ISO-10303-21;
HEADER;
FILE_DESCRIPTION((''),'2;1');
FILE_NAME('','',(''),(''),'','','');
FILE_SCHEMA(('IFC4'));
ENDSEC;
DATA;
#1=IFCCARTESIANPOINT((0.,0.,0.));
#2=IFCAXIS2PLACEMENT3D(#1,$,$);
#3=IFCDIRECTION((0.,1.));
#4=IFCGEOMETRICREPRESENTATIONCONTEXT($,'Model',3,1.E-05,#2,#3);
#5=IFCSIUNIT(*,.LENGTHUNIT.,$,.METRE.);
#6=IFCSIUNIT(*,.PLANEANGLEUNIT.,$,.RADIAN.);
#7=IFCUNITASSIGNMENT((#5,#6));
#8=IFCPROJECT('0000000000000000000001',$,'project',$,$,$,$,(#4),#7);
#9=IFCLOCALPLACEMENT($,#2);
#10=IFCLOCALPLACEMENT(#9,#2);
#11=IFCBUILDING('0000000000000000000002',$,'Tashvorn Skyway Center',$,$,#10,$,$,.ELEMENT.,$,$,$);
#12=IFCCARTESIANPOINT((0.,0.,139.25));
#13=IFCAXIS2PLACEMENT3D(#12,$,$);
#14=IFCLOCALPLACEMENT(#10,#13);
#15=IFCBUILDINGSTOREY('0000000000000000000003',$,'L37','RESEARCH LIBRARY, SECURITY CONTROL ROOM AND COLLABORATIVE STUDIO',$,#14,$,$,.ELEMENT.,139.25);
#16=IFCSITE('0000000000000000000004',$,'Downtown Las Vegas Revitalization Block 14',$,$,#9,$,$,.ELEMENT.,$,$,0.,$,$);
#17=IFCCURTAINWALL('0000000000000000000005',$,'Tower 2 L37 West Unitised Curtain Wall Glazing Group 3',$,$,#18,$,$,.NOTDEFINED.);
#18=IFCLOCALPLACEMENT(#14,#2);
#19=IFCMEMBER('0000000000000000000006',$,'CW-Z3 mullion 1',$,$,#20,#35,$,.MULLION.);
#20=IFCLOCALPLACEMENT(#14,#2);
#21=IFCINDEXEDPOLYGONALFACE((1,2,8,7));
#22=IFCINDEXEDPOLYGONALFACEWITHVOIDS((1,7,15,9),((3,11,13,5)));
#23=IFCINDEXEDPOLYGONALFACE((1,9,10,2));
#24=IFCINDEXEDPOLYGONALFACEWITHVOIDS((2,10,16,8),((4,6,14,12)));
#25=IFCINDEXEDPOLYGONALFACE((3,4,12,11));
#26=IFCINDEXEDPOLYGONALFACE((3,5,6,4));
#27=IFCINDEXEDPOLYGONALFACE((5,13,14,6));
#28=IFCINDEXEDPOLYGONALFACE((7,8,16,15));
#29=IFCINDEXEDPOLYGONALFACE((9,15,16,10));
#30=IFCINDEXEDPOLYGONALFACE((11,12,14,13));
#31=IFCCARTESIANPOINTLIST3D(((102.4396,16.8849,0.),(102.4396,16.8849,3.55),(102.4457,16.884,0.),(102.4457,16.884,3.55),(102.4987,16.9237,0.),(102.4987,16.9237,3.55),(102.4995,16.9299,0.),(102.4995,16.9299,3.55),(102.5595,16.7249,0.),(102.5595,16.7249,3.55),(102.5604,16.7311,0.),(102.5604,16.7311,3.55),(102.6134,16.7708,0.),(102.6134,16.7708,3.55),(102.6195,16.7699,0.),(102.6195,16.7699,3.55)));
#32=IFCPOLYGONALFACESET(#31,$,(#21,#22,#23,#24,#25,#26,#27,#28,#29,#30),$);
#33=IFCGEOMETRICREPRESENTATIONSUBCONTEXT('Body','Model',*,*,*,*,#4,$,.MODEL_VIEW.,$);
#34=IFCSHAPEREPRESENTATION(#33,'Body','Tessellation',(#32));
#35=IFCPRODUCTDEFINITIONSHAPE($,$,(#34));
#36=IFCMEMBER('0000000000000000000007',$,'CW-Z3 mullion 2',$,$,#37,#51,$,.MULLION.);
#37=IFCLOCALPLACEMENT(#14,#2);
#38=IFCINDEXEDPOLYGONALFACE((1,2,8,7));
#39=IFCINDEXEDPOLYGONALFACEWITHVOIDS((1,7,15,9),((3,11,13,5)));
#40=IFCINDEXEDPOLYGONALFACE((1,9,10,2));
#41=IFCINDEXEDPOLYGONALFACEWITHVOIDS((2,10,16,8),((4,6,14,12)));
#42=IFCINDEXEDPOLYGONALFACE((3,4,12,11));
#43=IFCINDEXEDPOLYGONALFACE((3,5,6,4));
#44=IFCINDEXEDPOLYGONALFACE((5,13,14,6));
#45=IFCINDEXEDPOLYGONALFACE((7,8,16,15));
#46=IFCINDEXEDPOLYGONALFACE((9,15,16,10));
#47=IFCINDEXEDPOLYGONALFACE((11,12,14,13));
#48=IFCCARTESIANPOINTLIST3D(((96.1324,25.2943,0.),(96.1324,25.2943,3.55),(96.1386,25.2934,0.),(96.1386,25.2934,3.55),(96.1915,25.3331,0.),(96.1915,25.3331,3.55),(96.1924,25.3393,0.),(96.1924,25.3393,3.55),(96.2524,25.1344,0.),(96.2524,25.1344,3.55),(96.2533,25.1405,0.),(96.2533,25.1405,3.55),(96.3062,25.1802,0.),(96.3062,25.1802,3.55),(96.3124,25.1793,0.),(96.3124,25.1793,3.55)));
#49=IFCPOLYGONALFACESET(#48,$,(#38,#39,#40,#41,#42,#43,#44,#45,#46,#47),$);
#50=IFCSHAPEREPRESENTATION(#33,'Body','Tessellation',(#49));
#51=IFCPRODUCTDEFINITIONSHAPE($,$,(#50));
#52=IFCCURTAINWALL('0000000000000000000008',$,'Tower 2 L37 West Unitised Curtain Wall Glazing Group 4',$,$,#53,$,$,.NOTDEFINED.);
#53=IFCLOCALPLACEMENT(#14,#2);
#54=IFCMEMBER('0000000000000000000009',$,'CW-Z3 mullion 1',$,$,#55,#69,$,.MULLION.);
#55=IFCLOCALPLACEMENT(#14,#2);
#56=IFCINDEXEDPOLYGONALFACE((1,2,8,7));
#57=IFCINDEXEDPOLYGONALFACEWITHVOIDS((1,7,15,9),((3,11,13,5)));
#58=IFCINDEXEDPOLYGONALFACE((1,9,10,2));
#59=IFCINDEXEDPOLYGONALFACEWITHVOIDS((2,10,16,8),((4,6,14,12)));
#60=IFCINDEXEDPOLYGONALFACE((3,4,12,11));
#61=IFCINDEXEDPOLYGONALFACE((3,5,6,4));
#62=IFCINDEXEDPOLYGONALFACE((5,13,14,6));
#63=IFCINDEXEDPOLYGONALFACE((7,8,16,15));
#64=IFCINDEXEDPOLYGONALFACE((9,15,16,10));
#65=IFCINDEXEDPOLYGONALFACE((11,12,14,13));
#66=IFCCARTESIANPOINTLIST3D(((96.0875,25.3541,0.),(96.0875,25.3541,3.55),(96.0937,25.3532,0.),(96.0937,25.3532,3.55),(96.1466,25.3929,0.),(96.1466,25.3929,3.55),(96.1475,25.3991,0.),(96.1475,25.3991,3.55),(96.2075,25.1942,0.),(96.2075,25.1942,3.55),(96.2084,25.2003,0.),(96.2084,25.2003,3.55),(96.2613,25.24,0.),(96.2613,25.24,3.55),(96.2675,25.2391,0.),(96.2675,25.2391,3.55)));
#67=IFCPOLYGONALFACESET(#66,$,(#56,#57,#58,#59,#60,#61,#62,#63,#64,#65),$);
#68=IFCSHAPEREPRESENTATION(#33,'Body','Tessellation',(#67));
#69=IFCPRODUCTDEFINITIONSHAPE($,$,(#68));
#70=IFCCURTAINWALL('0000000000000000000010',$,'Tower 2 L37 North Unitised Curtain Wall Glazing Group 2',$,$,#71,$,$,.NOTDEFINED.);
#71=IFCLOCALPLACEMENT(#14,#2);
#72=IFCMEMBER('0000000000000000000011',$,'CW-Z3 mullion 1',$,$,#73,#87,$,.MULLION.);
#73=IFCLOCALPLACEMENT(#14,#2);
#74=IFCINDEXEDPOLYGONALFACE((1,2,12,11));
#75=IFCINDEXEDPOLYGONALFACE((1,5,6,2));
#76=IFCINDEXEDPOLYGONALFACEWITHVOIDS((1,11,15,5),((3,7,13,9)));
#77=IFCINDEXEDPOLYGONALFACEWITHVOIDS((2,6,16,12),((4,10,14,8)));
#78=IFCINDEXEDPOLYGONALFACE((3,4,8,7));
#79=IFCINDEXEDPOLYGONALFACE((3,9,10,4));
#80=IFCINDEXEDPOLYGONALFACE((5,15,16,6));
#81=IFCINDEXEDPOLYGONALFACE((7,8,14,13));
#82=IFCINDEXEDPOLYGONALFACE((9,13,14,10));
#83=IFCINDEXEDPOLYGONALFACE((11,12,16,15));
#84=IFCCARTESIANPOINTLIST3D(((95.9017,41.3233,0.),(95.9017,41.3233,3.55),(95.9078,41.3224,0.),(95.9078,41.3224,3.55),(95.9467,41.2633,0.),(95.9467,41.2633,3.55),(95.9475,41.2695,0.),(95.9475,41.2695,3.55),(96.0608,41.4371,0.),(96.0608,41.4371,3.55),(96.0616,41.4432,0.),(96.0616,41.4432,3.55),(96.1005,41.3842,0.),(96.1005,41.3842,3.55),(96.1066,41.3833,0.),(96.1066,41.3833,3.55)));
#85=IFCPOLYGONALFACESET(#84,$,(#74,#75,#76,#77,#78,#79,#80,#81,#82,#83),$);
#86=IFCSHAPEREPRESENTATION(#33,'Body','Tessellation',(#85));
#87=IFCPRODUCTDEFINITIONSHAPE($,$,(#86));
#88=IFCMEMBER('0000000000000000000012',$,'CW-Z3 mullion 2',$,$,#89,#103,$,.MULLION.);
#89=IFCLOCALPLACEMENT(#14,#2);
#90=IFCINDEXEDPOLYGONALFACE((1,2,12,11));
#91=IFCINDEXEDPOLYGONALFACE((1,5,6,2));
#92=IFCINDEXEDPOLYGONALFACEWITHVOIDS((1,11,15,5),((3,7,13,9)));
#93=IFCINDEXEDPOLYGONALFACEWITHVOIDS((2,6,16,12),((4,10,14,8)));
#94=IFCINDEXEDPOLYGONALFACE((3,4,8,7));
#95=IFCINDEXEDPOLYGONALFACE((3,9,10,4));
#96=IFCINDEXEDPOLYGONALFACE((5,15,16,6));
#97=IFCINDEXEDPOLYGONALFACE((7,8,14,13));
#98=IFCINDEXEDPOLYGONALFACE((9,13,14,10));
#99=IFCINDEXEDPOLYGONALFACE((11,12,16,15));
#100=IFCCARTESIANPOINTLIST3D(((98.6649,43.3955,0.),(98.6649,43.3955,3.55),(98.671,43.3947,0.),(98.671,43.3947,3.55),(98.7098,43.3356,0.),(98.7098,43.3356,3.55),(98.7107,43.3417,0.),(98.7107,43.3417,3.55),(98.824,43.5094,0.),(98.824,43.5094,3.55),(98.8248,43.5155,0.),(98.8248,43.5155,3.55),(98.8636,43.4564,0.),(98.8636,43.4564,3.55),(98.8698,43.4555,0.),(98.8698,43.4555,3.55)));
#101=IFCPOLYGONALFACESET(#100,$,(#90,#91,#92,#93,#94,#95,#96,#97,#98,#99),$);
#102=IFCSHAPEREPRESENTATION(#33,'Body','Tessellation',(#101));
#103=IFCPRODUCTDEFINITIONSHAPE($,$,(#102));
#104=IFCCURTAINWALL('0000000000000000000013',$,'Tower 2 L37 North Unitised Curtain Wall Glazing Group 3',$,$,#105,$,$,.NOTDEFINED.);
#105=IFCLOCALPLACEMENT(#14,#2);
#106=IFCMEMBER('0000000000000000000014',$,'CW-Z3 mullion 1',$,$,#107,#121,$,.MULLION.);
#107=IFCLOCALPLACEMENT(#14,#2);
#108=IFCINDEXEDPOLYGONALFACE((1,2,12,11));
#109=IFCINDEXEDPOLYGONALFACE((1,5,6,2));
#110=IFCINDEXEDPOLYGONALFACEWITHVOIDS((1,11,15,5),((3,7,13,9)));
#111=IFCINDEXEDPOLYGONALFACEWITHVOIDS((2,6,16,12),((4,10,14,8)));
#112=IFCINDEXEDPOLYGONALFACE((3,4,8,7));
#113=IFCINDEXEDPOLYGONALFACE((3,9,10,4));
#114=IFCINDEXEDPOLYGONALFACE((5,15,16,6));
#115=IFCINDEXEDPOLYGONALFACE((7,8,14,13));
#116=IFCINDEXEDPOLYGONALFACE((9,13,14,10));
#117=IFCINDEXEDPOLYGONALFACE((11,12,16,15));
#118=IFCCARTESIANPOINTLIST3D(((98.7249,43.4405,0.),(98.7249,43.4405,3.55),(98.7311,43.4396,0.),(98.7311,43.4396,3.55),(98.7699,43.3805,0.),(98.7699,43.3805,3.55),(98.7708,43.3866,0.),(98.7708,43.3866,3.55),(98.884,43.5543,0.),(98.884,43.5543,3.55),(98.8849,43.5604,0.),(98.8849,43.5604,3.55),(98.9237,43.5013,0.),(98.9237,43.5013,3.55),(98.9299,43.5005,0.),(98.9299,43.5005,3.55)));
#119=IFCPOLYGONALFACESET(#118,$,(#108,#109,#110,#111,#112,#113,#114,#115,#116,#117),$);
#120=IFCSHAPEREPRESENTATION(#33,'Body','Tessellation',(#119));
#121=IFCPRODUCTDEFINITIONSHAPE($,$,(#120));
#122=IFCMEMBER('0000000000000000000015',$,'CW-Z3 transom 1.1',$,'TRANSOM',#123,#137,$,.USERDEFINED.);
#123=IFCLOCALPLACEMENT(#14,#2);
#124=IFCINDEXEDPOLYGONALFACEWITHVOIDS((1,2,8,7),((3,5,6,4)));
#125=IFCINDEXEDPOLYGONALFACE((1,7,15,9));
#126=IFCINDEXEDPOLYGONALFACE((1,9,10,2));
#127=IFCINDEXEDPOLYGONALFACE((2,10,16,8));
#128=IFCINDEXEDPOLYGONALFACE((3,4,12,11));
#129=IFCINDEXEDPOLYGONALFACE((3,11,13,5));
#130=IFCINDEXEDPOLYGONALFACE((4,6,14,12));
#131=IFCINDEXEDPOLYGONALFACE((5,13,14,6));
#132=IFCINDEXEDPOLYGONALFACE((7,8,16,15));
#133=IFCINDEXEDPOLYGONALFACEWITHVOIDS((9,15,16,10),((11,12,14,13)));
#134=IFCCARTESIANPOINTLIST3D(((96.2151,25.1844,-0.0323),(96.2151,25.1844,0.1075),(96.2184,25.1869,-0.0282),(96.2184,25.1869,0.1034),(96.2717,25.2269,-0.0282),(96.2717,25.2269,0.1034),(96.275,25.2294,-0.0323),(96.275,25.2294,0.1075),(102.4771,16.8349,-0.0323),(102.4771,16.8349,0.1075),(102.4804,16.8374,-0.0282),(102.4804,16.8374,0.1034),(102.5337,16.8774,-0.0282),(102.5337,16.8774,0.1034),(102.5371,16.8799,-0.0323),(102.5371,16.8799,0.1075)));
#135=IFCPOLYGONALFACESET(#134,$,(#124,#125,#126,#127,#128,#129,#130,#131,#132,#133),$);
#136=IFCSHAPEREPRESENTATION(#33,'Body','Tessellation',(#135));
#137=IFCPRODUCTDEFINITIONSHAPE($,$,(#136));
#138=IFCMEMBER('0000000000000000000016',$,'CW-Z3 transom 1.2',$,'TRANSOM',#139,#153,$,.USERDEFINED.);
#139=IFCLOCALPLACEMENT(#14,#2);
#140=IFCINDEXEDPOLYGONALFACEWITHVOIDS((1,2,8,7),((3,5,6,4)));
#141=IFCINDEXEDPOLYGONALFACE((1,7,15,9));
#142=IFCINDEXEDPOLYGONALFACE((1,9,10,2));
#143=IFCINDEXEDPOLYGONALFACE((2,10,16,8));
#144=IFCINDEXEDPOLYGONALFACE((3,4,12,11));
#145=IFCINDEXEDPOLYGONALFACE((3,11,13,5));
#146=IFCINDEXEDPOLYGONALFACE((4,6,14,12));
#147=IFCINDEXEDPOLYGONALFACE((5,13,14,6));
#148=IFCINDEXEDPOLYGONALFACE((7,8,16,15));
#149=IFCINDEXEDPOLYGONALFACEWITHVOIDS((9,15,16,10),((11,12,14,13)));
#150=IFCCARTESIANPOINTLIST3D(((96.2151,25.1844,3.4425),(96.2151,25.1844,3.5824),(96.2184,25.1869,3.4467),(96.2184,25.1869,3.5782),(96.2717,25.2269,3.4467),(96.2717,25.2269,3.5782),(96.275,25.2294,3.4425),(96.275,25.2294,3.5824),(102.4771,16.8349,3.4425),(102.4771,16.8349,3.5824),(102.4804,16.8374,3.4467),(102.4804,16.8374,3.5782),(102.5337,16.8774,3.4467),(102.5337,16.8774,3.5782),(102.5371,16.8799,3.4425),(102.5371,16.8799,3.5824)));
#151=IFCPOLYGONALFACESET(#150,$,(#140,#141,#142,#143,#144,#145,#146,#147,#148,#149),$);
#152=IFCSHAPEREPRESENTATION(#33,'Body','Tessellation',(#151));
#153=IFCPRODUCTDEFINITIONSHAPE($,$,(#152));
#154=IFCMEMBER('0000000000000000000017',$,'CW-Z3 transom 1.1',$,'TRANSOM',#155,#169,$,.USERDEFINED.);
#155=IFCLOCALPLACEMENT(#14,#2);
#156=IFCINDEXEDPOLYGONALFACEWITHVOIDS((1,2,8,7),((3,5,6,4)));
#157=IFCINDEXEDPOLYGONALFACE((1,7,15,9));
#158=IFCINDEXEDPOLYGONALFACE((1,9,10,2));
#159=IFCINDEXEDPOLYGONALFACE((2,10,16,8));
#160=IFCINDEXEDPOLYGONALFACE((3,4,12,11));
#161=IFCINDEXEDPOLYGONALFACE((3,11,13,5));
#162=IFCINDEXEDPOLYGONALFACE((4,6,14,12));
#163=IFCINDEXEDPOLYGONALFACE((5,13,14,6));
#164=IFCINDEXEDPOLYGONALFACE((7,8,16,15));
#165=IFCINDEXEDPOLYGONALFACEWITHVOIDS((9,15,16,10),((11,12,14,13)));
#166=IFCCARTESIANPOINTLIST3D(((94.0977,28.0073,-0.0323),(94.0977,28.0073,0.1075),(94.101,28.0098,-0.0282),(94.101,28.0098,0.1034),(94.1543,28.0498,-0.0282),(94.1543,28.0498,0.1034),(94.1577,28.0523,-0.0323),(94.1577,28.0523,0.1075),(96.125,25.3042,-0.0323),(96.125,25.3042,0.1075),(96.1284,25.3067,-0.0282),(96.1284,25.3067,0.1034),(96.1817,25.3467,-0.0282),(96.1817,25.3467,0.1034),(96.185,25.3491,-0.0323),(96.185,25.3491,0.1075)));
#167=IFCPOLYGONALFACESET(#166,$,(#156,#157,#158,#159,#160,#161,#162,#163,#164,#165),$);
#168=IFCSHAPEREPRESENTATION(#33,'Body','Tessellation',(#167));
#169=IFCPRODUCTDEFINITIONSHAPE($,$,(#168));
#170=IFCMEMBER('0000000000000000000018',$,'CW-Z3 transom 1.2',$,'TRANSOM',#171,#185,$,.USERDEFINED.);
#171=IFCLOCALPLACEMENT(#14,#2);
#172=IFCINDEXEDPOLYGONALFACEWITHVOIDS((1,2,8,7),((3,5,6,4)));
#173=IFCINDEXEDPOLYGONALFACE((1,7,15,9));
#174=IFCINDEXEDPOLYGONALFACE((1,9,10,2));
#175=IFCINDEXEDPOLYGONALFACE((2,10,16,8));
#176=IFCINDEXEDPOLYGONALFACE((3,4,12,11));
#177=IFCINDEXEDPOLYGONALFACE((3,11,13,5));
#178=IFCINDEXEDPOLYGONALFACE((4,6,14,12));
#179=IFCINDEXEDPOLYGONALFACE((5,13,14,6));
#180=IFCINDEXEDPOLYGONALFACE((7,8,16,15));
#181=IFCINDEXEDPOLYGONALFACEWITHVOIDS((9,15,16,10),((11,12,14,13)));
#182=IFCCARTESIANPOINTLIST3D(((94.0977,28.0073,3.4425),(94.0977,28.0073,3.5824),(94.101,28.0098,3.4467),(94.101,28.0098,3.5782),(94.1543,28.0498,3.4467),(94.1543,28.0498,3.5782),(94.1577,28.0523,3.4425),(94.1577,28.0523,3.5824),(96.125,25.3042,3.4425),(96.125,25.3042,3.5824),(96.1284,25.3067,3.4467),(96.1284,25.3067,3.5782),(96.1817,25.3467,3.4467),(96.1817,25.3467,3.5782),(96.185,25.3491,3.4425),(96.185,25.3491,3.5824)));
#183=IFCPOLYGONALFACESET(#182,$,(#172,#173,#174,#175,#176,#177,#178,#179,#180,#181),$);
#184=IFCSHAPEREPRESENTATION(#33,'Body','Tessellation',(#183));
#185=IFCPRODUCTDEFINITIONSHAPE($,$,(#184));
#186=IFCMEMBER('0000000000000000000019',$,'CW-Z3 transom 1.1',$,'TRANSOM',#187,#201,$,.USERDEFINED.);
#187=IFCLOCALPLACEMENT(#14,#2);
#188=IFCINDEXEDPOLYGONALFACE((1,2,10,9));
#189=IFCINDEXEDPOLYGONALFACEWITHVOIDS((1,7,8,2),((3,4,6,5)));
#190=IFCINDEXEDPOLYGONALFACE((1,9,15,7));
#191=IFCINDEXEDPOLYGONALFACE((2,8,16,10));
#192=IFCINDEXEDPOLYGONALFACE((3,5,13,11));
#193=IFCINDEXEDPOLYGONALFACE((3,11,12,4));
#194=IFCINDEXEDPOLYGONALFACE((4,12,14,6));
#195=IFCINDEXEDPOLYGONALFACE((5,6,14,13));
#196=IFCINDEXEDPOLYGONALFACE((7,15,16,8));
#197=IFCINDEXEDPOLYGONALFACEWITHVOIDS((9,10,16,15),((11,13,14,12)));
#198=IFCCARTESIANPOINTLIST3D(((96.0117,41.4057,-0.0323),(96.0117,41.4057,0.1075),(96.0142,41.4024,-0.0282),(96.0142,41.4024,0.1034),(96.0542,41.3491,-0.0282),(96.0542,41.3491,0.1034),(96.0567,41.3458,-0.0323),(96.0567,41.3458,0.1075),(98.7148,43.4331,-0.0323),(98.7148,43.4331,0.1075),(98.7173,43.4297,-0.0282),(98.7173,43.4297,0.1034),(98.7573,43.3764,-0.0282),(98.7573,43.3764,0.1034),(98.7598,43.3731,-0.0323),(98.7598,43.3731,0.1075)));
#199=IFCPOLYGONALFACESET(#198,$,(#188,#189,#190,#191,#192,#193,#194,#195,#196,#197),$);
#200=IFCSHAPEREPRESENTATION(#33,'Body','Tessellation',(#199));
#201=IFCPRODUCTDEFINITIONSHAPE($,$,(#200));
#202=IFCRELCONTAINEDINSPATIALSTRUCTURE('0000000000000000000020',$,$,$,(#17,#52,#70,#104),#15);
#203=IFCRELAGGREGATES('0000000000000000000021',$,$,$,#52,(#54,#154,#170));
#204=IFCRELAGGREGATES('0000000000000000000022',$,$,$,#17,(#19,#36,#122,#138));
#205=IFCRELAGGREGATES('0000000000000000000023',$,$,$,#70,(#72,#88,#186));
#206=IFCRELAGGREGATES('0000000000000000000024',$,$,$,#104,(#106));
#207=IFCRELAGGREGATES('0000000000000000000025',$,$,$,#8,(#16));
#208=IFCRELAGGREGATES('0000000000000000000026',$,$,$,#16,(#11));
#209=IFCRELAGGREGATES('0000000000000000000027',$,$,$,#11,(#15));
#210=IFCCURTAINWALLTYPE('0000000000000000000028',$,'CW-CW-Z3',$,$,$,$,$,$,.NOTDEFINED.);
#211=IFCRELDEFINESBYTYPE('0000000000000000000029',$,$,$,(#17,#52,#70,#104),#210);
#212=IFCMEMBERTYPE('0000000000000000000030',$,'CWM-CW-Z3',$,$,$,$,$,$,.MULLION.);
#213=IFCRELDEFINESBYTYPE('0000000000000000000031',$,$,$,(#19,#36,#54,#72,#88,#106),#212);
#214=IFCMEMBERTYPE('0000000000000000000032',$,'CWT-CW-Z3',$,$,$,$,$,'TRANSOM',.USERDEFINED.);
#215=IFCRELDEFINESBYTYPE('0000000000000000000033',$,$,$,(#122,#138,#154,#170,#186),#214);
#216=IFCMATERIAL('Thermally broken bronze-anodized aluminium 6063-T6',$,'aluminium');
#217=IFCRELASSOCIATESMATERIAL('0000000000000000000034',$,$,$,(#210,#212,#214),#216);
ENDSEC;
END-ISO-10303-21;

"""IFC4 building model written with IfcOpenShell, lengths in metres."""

from ifc_helpers import new_model, si_unit, direction, frame, origin, origin_2d, place, context, subcontext, project, spatial, hollow_rectangle, extrude, material, material_profile, profile_set, type_object, element, aggregate, save


model = new_model("IFC4")

# Units and contexts
model_context = context("Model", 3, precision=1e-05, world=origin(), true_north=direction((0.0, 1.0)))
body_context = subcontext(model_context, "Body", "Model", "MODEL_VIEW")
ifc_project = project(units=[si_unit("LENGTHUNIT", "METRE"), si_unit("PLANEANGLEUNIT", "RADIAN")], contexts=[model_context])

# Site, building, storey
site_placement = place(None, origin())
site = spatial("IfcSite", under=ifc_project, at=site_placement, Name="Downtown Las Vegas Revitalization Block 14", CompositionType="ELEMENT", RefElevation=0.0)
building_placement = place(site_placement, origin())
building = spatial("IfcBuilding", under=site, at=building_placement, Name="Tashvorn Skyway Center", CompositionType="ELEMENT")
storey_placement = place(building_placement, frame((0.0, 0.0, 139.25)))
storey = spatial("IfcBuildingStorey", under=building, at=storey_placement, Name="L37", Description="RESEARCH LIBRARY, SECURITY CONTROL ROOM AND COLLABORATIVE STUDIO", CompositionType="ELEMENT", Elevation=139.25)

# Shared definitions
ifc_material_1 = material(Name="Thermally broken bronze-anodized aluminium 6063-T6", Category="aluminium")
curtain_wall_type = type_object("IfcCurtainWallType", Name="CW-CW-Z3", PredefinedType="NOTDEFINED", material=ifc_material_1)
ifc_material_profile_1 = material_profile(ifc_material_1, hollow_rectangle(XDim=0.075, YDim=0.2, WallThickness=0.0044, at=origin_2d()), Name="ALU-MULL-75x200")
ifc_profile_set_1 = profile_set([ifc_material_profile_1], Name="Thermally broken bronze-anodized aluminium 6063-T6")
member_type_1 = type_object("IfcMemberType", Name="CWM-CW-Z3", PredefinedType="MULLION", material=ifc_profile_set_1)

# Curtain wall, members
curtain_wall_1_placement = place(storey_placement, origin())
curtain_wall_1 = element("IfcCurtainWall", 1, at=curtain_wall_1_placement, inside=storey, type_object=curtain_wall_type, Name="Tower 2 L37 West Unitised Curtain Wall Glazing Group 3", PredefinedType="NOTDEFINED")
member_1_placement = place(storey_placement, frame((102.5295, 16.8274, 0.0), z_axis=(0.0, 0.0, 1.0), x_axis=(-0.800002, -0.599997, 0.0)))
member_1 = element("IfcMember", 2, at=member_1_placement, type_object=member_type_1, Name="CW-Z3 mullion 1", PredefinedType="MULLION", context=body_context, shape_type="SweptSolid", body=[
    extrude(hollow_rectangle(XDim=0.075, YDim=0.2, WallThickness=0.0044, at=origin_2d()), origin(), (0.0, 0.0, 1.0), 3.55),
])
member_2_placement = place(storey_placement, frame((96.2224, 25.2368, 0.0), z_axis=(0.0, 0.0, 1.0), x_axis=(-0.800002, -0.599997, 0.0)))
member_2 = element("IfcMember", 3, at=member_2_placement, type_object=member_type_1, Name="CW-Z3 mullion 2", PredefinedType="MULLION", context=body_context, shape_type="SweptSolid", body=[
    extrude(hollow_rectangle(XDim=0.075, YDim=0.2, WallThickness=0.0044, at=origin_2d()), origin(), (0.0, 0.0, 1.0), 3.55),
])

# Curtain wall, member
curtain_wall_2_placement = place(storey_placement, origin())
curtain_wall_2 = element("IfcCurtainWall", 4, at=curtain_wall_2_placement, inside=storey, type_object=curtain_wall_type, Name="Tower 2 L37 West Unitised Curtain Wall Glazing Group 4", PredefinedType="NOTDEFINED")
member_3_placement = place(storey_placement, frame((96.1775, 25.2966, 0.0), z_axis=(0.0, 0.0, 1.0), x_axis=(-0.800003, -0.599995, 0.0)))
member_3 = element("IfcMember", 5, at=member_3_placement, type_object=member_type_1, Name="CW-Z3 mullion 1", PredefinedType="MULLION", context=body_context, shape_type="SweptSolid", body=[
    extrude(hollow_rectangle(XDim=0.075, YDim=0.2, WallThickness=0.0044, at=origin_2d()), origin(), (0.0, 0.0, 1.0), 3.55),
])

# Curtain wall, members
curtain_wall_3_placement = place(storey_placement, origin())
curtain_wall_3 = element("IfcCurtainWall", 6, at=curtain_wall_3_placement, inside=storey, type_object=curtain_wall_type, Name="Tower 2 L37 North Unitised Curtain Wall Glazing Group 2", PredefinedType="NOTDEFINED")
member_4_placement = place(storey_placement, frame((96.0042, 41.3533, 0.0), z_axis=(0.0, 0.0, 1.0), x_axis=(-0.599995, 0.800003, 0.0)))
member_4 = element("IfcMember", 7, at=member_4_placement, type_object=member_type_1, Name="CW-Z3 mullion 1", PredefinedType="MULLION", context=body_context, shape_type="SweptSolid", body=[
    extrude(hollow_rectangle(XDim=0.075, YDim=0.2, WallThickness=0.0044, at=origin_2d()), origin(), (0.0, 0.0, 1.0), 3.55),
])
member_5_placement = place(storey_placement, frame((98.7673, 43.4255, 0.0), z_axis=(0.0, 0.0, 1.0), x_axis=(-0.599995, 0.800003, 0.0)))
member_5 = element("IfcMember", 8, at=member_5_placement, type_object=member_type_1, Name="CW-Z3 mullion 2", PredefinedType="MULLION", context=body_context, shape_type="SweptSolid", body=[
    extrude(hollow_rectangle(XDim=0.075, YDim=0.2, WallThickness=0.0044, at=origin_2d()), origin(), (0.0, 0.0, 1.0), 3.55),
])

# Curtain wall, member
curtain_wall_4_placement = place(storey_placement, origin())
curtain_wall_4 = element("IfcCurtainWall", 9, at=curtain_wall_4_placement, inside=storey, type_object=curtain_wall_type, Name="Tower 2 L37 North Unitised Curtain Wall Glazing Group 3", PredefinedType="NOTDEFINED")
member_6_placement = place(storey_placement, frame((98.8274, 43.4705, 0.0), z_axis=(0.0, 0.0, 1.0), x_axis=(-0.599997, 0.800002, 0.0)))
member_6 = element("IfcMember", 10, at=member_6_placement, type_object=member_type_1, Name="CW-Z3 mullion 1", PredefinedType="MULLION", context=body_context, shape_type="SweptSolid", body=[
    extrude(hollow_rectangle(XDim=0.075, YDim=0.2, WallThickness=0.0044, at=origin_2d()), origin(), (0.0, 0.0, 1.0), 3.55),
])

# Members
ifc_material_profile_2 = material_profile(ifc_material_1, hollow_rectangle(XDim=0.075, YDim=0.1399, WallThickness=0.0042, at=origin_2d()), Name="ALU-TRAN-75x140")
ifc_profile_set_2 = profile_set([ifc_material_profile_2], Name="Thermally broken bronze-anodized aluminium 6063-T6")
member_type_2 = type_object("IfcMemberType", Name="CWT-CW-Z3", ElementType="TRANSOM", PredefinedType="USERDEFINED", material=ifc_profile_set_2)
member_7_placement = place(storey_placement, frame((102.5071, 16.8574, 0.0376), z_axis=(-0.599996, 0.800003, 0.0), x_axis=(-0.800003, -0.599996, 0.0)))
member_7 = element("IfcMember", 11, at=member_7_placement, type_object=member_type_2, Name="CW-Z3 transom 1.1", ObjectType="TRANSOM", PredefinedType="USERDEFINED", context=body_context, shape_type="SweptSolid", body=[
    extrude(hollow_rectangle(XDim=0.075, YDim=0.1399, WallThickness=0.0042, at=origin_2d()), origin(), (0.0, 0.0, 1.0), 10.4368),
])
member_8_placement = place(storey_placement, frame((102.5071, 16.8574, 3.5125), z_axis=(-0.599996, 0.800003, 0.0), x_axis=(-0.800003, -0.599996, 0.0)))
member_8 = element("IfcMember", 12, at=member_8_placement, type_object=member_type_2, Name="CW-Z3 transom 1.2", ObjectType="TRANSOM", PredefinedType="USERDEFINED", context=body_context, shape_type="SweptSolid", body=[
    extrude(hollow_rectangle(XDim=0.075, YDim=0.1399, WallThickness=0.0042, at=origin_2d()), origin(), (0.0, 0.0, 1.0), 10.4368),
])
member_9_placement = place(storey_placement, frame((96.155, 25.3267, 0.0376), z_axis=(-0.6, 0.8, 0.0), x_axis=(-0.8, -0.6, 0.0)))
member_9 = element("IfcMember", 13, at=member_9_placement, type_object=member_type_2, Name="CW-Z3 transom 1.1", ObjectType="TRANSOM", PredefinedType="USERDEFINED", context=body_context, shape_type="SweptSolid", body=[
    extrude(hollow_rectangle(XDim=0.075, YDim=0.1399, WallThickness=0.0042, at=origin_2d()), origin(), (0.0, 0.0, 1.0), 3.3789),
])
member_10_placement = place(storey_placement, frame((96.155, 25.3267, 3.5125), z_axis=(-0.6, 0.8, 0.0), x_axis=(-0.8, -0.6, 0.0)))
member_10 = element("IfcMember", 14, at=member_10_placement, type_object=member_type_2, Name="CW-Z3 transom 1.2", ObjectType="TRANSOM", PredefinedType="USERDEFINED", context=body_context, shape_type="SweptSolid", body=[
    extrude(hollow_rectangle(XDim=0.075, YDim=0.1399, WallThickness=0.0042, at=origin_2d()), origin(), (0.0, 0.0, 1.0), 3.3789),
])
aggregate(curtain_wall_2, [member_3, member_9, member_10])
member_11_placement = place(storey_placement, frame((96.0342, 41.3757, 0.0376), z_axis=(0.8, 0.6, 0.0), x_axis=(-0.6, 0.8, 0.0)))
member_11 = element("IfcMember", 15, at=member_11_placement, type_object=member_type_2, Name="CW-Z3 transom 1.1", ObjectType="TRANSOM", PredefinedType="USERDEFINED", context=body_context, shape_type="SweptSolid", body=[
    extrude(hollow_rectangle(XDim=0.075, YDim=0.1399, WallThickness=0.0042, at=origin_2d()), origin(), (0.0, 0.0, 1.0), 3.3789),
])

aggregate(curtain_wall_1, [member_1, member_2, member_7, member_8])
aggregate(curtain_wall_3, [member_4, member_5, member_11])
aggregate(curtain_wall_4, [member_6])

save(model, "model.ifc")
